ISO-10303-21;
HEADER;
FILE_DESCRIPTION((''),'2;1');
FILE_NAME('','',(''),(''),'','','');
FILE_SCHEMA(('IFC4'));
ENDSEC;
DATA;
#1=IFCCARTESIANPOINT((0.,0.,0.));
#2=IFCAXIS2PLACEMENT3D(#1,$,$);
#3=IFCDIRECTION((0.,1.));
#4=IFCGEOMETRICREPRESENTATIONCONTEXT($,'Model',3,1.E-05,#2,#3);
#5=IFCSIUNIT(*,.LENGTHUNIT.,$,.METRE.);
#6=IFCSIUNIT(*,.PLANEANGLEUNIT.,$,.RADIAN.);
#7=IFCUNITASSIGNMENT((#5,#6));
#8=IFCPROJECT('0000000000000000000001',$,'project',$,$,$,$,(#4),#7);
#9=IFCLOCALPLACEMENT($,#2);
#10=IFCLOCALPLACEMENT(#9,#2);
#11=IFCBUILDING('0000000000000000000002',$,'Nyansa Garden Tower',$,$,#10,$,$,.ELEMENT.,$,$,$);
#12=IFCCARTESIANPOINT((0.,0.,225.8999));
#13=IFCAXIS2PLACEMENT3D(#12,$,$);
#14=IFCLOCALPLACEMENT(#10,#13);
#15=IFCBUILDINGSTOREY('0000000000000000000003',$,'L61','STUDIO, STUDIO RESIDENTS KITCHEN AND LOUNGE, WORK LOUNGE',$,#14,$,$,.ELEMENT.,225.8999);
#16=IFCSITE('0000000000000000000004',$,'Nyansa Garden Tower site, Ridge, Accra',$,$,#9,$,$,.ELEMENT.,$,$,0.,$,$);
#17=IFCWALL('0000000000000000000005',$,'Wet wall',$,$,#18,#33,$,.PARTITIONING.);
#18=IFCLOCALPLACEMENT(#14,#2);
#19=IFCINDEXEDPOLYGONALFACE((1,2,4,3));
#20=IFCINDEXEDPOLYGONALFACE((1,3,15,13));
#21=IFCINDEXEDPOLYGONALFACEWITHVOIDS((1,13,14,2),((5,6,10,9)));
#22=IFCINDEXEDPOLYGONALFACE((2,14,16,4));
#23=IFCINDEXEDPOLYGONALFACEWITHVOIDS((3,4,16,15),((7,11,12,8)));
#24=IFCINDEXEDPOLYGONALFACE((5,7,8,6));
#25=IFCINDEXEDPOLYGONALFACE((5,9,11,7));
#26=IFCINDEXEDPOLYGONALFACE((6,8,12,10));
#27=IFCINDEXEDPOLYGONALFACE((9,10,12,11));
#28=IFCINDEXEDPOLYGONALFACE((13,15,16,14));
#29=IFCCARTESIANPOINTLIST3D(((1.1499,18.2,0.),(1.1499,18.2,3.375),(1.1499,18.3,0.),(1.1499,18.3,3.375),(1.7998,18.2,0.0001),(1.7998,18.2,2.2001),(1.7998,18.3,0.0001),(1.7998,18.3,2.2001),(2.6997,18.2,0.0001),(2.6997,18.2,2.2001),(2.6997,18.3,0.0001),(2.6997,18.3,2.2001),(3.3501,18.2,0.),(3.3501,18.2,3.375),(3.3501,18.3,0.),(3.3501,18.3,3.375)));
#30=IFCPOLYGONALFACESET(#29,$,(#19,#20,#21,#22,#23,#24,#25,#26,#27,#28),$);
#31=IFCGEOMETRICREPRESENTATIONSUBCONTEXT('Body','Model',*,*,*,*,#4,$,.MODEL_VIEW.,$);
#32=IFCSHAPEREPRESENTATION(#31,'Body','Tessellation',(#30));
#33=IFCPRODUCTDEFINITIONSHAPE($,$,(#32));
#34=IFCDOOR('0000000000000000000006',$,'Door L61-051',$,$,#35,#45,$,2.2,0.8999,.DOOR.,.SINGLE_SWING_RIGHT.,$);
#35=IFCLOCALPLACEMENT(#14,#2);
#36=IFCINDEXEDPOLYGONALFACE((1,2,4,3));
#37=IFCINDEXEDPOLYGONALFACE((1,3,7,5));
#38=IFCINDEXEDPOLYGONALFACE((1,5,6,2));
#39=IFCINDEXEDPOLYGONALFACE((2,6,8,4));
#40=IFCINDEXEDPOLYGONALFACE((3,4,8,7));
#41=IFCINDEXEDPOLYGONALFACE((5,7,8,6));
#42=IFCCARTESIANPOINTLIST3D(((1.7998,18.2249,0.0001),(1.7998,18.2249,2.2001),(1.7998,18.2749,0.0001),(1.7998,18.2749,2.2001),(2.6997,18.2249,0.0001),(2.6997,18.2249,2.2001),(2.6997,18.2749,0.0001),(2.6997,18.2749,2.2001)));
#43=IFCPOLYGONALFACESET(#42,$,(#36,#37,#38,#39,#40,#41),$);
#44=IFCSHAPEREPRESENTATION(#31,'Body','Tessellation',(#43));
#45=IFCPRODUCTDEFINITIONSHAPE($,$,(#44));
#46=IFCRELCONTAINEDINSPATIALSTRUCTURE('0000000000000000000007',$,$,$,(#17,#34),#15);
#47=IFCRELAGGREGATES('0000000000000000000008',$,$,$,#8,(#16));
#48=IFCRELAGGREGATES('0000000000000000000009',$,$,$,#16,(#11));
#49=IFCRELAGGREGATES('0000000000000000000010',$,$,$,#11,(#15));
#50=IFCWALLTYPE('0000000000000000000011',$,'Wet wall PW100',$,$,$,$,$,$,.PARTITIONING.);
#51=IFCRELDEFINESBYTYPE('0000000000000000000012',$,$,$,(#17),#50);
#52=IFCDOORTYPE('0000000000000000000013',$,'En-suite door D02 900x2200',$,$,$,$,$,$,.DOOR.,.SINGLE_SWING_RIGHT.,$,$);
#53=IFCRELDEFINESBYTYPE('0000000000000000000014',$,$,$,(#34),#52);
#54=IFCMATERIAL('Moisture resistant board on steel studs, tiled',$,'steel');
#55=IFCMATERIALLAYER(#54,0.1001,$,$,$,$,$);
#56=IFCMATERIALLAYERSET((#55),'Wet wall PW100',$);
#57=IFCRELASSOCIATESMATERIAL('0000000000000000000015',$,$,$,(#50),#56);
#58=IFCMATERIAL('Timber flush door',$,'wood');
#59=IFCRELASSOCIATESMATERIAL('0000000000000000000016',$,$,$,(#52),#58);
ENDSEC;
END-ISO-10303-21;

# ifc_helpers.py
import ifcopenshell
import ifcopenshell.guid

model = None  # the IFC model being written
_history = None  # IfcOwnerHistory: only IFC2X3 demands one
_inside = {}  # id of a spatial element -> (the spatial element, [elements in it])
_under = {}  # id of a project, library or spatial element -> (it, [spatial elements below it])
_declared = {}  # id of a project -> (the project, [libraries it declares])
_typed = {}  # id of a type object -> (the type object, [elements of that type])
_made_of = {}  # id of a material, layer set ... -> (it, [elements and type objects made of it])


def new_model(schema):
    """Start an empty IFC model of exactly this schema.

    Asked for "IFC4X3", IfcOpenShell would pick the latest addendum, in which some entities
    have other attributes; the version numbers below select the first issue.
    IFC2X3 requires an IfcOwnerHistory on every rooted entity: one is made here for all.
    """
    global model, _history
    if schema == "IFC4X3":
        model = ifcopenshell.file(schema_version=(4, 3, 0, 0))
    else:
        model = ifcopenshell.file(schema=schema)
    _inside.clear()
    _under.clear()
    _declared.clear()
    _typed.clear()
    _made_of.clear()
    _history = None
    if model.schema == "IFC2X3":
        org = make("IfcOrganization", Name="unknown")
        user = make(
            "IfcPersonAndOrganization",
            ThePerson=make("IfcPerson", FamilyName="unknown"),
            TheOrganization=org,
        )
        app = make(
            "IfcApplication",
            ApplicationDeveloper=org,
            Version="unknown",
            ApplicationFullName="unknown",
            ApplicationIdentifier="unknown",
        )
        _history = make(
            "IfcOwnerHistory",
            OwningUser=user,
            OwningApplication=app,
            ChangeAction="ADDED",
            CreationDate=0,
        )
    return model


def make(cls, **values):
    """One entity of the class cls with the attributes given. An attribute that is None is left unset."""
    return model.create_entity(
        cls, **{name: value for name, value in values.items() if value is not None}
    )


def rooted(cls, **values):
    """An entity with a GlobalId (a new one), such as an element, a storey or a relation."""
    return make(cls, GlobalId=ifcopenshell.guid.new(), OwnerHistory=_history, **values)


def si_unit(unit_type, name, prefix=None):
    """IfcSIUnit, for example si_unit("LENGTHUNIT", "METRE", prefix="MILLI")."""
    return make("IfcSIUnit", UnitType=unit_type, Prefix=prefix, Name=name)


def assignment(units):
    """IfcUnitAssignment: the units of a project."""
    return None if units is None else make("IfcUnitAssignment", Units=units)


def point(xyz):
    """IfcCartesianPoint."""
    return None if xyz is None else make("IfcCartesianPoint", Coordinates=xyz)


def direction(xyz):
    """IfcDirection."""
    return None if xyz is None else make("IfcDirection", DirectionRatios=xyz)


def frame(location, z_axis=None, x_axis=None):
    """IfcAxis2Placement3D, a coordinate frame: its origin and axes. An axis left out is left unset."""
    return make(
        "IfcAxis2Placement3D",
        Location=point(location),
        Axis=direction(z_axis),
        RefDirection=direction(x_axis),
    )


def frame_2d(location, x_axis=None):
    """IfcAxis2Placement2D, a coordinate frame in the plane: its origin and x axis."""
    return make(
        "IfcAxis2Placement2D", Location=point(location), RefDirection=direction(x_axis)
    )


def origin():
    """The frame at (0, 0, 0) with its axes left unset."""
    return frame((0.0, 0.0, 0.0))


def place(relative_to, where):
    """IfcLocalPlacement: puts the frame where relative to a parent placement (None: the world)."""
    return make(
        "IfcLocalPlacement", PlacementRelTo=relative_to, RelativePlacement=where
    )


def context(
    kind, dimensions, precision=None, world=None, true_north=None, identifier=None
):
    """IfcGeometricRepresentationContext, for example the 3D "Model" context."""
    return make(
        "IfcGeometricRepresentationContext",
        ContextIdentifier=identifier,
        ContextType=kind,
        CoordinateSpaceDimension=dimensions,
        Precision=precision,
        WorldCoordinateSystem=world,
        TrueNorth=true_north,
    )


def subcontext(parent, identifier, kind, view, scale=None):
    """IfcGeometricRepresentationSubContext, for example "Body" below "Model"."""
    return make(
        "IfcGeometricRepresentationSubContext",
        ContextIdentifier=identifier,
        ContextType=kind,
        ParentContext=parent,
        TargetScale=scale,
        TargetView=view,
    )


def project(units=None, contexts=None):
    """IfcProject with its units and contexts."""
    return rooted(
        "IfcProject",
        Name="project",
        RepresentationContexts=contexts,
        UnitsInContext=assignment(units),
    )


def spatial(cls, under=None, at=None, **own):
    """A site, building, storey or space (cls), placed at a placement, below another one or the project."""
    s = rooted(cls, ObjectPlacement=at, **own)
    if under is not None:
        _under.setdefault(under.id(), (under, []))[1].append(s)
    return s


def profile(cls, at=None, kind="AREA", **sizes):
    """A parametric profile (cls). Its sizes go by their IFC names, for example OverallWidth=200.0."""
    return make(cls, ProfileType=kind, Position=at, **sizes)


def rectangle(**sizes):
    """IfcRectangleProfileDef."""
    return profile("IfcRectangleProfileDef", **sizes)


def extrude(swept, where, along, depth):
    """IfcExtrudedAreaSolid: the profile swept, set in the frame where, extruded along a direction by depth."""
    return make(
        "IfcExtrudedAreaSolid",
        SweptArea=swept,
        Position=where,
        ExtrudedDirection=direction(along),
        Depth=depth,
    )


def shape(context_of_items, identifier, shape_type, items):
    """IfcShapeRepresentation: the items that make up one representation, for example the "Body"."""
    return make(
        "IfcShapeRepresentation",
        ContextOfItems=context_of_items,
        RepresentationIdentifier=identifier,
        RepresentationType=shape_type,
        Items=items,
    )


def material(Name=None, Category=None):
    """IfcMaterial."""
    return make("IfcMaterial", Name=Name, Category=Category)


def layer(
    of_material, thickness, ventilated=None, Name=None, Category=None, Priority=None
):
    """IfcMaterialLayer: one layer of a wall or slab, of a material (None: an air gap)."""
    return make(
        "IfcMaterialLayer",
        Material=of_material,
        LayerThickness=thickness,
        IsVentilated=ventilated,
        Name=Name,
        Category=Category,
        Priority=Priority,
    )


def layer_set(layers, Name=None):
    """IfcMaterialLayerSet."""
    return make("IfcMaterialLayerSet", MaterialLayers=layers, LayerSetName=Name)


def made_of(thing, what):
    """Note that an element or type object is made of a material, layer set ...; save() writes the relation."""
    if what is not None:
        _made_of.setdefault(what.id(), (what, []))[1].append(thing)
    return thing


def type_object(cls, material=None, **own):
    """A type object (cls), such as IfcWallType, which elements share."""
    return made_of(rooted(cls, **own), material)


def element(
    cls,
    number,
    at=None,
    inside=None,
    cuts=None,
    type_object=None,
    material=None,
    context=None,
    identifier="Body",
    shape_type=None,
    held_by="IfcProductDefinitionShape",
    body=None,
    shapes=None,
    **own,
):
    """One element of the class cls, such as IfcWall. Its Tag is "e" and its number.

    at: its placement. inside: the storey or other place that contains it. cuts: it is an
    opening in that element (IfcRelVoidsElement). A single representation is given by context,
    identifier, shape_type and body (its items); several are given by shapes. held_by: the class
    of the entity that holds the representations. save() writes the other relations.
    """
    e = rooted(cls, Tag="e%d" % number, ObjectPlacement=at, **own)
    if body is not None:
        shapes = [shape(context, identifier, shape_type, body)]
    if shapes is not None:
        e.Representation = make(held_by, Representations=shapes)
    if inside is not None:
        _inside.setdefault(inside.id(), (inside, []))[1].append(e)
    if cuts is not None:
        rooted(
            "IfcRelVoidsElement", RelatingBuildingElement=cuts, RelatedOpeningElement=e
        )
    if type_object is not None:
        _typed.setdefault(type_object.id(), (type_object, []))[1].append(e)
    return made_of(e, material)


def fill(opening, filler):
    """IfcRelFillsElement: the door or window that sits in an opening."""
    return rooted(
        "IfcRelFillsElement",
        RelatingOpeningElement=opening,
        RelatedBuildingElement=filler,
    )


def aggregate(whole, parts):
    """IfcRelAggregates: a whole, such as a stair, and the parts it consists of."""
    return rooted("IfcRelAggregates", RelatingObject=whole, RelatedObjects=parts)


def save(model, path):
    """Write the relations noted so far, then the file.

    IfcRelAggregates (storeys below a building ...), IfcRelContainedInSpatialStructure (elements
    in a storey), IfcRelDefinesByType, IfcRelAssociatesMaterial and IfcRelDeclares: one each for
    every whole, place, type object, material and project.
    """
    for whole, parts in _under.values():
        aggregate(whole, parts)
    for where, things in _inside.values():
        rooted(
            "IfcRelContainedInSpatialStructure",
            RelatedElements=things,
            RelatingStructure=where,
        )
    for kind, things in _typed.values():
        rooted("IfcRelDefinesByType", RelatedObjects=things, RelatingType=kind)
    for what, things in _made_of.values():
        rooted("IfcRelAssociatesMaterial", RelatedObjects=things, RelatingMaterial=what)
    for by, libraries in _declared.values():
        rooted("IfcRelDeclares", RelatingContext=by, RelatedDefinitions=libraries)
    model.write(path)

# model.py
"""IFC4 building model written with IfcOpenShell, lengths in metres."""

from ifc_helpers import new_model, si_unit, direction, frame, frame_2d, origin, place, context, subcontext, project, spatial, rectangle, extrude, material, layer, layer_set, type_object, element, fill, save


model = new_model("IFC4")

# Units and contexts
model_context = context("Model", 3, precision=1e-05, world=origin(), true_north=direction((0.0, 1.0)))
body_context = subcontext(model_context, "Body", "Model", "MODEL_VIEW")
ifc_project = project(units=[si_unit("LENGTHUNIT", "METRE"), si_unit("PLANEANGLEUNIT", "RADIAN")], contexts=[model_context])

# Site, building, storey
site_placement = place(None, origin())
site = spatial("IfcSite", under=ifc_project, at=site_placement, Name="Nyansa Garden Tower site, Ridge, Accra", CompositionType="ELEMENT", RefElevation=0.0)
building_placement = place(site_placement, origin())
building = spatial("IfcBuilding", under=site, at=building_placement, Name="Nyansa Garden Tower", CompositionType="ELEMENT")
storey_placement = place(building_placement, frame((0.0, 0.0, 225.8999)))
storey = spatial("IfcBuildingStorey", under=building, at=storey_placement, Name="L61", Description="STUDIO, STUDIO RESIDENTS KITCHEN AND LOUNGE, WORK LOUNGE", CompositionType="ELEMENT", Elevation=225.8999)

# Shared definitions
ifc_material_1 = material(Name="Moisture resistant board on steel studs, tiled", Category="steel")
ifc_layer_1 = layer(ifc_material_1, 0.1001)
ifc_layer_set_1 = layer_set([ifc_layer_1], Name="Wet wall PW100")
wall_type_1 = type_object("IfcWallType", Name="Wet wall PW100", PredefinedType="PARTITIONING", material=ifc_layer_set_1)

# Wall, opening, door
wall_1_placement = place(storey_placement, frame((1.1499, 18.25, 0.0), z_axis=(0.0, 0.0, 1.0), x_axis=(1.0, 0.0, 0.0)))
wall_1 = element("IfcWall", 1, at=wall_1_placement, inside=storey, type_object=wall_type_1, Name="Wet wall", PredefinedType="PARTITIONING", context=body_context, shape_type="SweptSolid", body=[
    extrude(rectangle(XDim=2.2002, YDim=0.1001, at=frame_2d((1.1001, 0.0))), origin(), (0.0, 0.0, 1.0), 3.375),
])
opening_1_placement = place(wall_1_placement, frame((0.6499, 0.0, 0.0)))
opening_1 = element("IfcOpeningElement", 2, at=opening_1_placement, cuts=wall_1, PredefinedType="OPENING", context=body_context, shape_type="SweptSolid", body=[
    extrude(rectangle(XDim=0.8999, YDim=2.2, at=frame_2d((0.45, 1.1001))), frame((0.0, 0.0601, 0.0), z_axis=(0.0, -1.0, 0.0), x_axis=(1.0, 0.0, 0.0)), (0.0, 0.0, 1.0), 0.1201),
])
ifc_material_2 = material(Name="Timber flush door", Category="wood")
door_type_1 = type_object("IfcDoorType", Name="En-suite door D02 900x2200", OperationType="SINGLE_SWING_RIGHT", PredefinedType="DOOR", material=ifc_material_2)
door_1_placement = place(opening_1_placement, origin())
door_1 = element("IfcDoor", 3, at=door_1_placement, inside=storey, type_object=door_type_1, Name="Door L61-051", OperationType="SINGLE_SWING_RIGHT", OverallHeight=2.2, OverallWidth=0.8999, PredefinedType="DOOR", context=body_context, shape_type="SweptSolid", body=[
    extrude(rectangle(XDim=0.8999, YDim=2.2, at=frame_2d((0.45, 1.1001))), frame((0.0, 0.0249, 0.0), z_axis=(0.0, -1.0, 0.0), x_axis=(1.0, 0.0, 0.0)), (0.0, 0.0, 1.0), 0.05),
])
fill(opening_1, door_1)

save(model, "model.ifc")
